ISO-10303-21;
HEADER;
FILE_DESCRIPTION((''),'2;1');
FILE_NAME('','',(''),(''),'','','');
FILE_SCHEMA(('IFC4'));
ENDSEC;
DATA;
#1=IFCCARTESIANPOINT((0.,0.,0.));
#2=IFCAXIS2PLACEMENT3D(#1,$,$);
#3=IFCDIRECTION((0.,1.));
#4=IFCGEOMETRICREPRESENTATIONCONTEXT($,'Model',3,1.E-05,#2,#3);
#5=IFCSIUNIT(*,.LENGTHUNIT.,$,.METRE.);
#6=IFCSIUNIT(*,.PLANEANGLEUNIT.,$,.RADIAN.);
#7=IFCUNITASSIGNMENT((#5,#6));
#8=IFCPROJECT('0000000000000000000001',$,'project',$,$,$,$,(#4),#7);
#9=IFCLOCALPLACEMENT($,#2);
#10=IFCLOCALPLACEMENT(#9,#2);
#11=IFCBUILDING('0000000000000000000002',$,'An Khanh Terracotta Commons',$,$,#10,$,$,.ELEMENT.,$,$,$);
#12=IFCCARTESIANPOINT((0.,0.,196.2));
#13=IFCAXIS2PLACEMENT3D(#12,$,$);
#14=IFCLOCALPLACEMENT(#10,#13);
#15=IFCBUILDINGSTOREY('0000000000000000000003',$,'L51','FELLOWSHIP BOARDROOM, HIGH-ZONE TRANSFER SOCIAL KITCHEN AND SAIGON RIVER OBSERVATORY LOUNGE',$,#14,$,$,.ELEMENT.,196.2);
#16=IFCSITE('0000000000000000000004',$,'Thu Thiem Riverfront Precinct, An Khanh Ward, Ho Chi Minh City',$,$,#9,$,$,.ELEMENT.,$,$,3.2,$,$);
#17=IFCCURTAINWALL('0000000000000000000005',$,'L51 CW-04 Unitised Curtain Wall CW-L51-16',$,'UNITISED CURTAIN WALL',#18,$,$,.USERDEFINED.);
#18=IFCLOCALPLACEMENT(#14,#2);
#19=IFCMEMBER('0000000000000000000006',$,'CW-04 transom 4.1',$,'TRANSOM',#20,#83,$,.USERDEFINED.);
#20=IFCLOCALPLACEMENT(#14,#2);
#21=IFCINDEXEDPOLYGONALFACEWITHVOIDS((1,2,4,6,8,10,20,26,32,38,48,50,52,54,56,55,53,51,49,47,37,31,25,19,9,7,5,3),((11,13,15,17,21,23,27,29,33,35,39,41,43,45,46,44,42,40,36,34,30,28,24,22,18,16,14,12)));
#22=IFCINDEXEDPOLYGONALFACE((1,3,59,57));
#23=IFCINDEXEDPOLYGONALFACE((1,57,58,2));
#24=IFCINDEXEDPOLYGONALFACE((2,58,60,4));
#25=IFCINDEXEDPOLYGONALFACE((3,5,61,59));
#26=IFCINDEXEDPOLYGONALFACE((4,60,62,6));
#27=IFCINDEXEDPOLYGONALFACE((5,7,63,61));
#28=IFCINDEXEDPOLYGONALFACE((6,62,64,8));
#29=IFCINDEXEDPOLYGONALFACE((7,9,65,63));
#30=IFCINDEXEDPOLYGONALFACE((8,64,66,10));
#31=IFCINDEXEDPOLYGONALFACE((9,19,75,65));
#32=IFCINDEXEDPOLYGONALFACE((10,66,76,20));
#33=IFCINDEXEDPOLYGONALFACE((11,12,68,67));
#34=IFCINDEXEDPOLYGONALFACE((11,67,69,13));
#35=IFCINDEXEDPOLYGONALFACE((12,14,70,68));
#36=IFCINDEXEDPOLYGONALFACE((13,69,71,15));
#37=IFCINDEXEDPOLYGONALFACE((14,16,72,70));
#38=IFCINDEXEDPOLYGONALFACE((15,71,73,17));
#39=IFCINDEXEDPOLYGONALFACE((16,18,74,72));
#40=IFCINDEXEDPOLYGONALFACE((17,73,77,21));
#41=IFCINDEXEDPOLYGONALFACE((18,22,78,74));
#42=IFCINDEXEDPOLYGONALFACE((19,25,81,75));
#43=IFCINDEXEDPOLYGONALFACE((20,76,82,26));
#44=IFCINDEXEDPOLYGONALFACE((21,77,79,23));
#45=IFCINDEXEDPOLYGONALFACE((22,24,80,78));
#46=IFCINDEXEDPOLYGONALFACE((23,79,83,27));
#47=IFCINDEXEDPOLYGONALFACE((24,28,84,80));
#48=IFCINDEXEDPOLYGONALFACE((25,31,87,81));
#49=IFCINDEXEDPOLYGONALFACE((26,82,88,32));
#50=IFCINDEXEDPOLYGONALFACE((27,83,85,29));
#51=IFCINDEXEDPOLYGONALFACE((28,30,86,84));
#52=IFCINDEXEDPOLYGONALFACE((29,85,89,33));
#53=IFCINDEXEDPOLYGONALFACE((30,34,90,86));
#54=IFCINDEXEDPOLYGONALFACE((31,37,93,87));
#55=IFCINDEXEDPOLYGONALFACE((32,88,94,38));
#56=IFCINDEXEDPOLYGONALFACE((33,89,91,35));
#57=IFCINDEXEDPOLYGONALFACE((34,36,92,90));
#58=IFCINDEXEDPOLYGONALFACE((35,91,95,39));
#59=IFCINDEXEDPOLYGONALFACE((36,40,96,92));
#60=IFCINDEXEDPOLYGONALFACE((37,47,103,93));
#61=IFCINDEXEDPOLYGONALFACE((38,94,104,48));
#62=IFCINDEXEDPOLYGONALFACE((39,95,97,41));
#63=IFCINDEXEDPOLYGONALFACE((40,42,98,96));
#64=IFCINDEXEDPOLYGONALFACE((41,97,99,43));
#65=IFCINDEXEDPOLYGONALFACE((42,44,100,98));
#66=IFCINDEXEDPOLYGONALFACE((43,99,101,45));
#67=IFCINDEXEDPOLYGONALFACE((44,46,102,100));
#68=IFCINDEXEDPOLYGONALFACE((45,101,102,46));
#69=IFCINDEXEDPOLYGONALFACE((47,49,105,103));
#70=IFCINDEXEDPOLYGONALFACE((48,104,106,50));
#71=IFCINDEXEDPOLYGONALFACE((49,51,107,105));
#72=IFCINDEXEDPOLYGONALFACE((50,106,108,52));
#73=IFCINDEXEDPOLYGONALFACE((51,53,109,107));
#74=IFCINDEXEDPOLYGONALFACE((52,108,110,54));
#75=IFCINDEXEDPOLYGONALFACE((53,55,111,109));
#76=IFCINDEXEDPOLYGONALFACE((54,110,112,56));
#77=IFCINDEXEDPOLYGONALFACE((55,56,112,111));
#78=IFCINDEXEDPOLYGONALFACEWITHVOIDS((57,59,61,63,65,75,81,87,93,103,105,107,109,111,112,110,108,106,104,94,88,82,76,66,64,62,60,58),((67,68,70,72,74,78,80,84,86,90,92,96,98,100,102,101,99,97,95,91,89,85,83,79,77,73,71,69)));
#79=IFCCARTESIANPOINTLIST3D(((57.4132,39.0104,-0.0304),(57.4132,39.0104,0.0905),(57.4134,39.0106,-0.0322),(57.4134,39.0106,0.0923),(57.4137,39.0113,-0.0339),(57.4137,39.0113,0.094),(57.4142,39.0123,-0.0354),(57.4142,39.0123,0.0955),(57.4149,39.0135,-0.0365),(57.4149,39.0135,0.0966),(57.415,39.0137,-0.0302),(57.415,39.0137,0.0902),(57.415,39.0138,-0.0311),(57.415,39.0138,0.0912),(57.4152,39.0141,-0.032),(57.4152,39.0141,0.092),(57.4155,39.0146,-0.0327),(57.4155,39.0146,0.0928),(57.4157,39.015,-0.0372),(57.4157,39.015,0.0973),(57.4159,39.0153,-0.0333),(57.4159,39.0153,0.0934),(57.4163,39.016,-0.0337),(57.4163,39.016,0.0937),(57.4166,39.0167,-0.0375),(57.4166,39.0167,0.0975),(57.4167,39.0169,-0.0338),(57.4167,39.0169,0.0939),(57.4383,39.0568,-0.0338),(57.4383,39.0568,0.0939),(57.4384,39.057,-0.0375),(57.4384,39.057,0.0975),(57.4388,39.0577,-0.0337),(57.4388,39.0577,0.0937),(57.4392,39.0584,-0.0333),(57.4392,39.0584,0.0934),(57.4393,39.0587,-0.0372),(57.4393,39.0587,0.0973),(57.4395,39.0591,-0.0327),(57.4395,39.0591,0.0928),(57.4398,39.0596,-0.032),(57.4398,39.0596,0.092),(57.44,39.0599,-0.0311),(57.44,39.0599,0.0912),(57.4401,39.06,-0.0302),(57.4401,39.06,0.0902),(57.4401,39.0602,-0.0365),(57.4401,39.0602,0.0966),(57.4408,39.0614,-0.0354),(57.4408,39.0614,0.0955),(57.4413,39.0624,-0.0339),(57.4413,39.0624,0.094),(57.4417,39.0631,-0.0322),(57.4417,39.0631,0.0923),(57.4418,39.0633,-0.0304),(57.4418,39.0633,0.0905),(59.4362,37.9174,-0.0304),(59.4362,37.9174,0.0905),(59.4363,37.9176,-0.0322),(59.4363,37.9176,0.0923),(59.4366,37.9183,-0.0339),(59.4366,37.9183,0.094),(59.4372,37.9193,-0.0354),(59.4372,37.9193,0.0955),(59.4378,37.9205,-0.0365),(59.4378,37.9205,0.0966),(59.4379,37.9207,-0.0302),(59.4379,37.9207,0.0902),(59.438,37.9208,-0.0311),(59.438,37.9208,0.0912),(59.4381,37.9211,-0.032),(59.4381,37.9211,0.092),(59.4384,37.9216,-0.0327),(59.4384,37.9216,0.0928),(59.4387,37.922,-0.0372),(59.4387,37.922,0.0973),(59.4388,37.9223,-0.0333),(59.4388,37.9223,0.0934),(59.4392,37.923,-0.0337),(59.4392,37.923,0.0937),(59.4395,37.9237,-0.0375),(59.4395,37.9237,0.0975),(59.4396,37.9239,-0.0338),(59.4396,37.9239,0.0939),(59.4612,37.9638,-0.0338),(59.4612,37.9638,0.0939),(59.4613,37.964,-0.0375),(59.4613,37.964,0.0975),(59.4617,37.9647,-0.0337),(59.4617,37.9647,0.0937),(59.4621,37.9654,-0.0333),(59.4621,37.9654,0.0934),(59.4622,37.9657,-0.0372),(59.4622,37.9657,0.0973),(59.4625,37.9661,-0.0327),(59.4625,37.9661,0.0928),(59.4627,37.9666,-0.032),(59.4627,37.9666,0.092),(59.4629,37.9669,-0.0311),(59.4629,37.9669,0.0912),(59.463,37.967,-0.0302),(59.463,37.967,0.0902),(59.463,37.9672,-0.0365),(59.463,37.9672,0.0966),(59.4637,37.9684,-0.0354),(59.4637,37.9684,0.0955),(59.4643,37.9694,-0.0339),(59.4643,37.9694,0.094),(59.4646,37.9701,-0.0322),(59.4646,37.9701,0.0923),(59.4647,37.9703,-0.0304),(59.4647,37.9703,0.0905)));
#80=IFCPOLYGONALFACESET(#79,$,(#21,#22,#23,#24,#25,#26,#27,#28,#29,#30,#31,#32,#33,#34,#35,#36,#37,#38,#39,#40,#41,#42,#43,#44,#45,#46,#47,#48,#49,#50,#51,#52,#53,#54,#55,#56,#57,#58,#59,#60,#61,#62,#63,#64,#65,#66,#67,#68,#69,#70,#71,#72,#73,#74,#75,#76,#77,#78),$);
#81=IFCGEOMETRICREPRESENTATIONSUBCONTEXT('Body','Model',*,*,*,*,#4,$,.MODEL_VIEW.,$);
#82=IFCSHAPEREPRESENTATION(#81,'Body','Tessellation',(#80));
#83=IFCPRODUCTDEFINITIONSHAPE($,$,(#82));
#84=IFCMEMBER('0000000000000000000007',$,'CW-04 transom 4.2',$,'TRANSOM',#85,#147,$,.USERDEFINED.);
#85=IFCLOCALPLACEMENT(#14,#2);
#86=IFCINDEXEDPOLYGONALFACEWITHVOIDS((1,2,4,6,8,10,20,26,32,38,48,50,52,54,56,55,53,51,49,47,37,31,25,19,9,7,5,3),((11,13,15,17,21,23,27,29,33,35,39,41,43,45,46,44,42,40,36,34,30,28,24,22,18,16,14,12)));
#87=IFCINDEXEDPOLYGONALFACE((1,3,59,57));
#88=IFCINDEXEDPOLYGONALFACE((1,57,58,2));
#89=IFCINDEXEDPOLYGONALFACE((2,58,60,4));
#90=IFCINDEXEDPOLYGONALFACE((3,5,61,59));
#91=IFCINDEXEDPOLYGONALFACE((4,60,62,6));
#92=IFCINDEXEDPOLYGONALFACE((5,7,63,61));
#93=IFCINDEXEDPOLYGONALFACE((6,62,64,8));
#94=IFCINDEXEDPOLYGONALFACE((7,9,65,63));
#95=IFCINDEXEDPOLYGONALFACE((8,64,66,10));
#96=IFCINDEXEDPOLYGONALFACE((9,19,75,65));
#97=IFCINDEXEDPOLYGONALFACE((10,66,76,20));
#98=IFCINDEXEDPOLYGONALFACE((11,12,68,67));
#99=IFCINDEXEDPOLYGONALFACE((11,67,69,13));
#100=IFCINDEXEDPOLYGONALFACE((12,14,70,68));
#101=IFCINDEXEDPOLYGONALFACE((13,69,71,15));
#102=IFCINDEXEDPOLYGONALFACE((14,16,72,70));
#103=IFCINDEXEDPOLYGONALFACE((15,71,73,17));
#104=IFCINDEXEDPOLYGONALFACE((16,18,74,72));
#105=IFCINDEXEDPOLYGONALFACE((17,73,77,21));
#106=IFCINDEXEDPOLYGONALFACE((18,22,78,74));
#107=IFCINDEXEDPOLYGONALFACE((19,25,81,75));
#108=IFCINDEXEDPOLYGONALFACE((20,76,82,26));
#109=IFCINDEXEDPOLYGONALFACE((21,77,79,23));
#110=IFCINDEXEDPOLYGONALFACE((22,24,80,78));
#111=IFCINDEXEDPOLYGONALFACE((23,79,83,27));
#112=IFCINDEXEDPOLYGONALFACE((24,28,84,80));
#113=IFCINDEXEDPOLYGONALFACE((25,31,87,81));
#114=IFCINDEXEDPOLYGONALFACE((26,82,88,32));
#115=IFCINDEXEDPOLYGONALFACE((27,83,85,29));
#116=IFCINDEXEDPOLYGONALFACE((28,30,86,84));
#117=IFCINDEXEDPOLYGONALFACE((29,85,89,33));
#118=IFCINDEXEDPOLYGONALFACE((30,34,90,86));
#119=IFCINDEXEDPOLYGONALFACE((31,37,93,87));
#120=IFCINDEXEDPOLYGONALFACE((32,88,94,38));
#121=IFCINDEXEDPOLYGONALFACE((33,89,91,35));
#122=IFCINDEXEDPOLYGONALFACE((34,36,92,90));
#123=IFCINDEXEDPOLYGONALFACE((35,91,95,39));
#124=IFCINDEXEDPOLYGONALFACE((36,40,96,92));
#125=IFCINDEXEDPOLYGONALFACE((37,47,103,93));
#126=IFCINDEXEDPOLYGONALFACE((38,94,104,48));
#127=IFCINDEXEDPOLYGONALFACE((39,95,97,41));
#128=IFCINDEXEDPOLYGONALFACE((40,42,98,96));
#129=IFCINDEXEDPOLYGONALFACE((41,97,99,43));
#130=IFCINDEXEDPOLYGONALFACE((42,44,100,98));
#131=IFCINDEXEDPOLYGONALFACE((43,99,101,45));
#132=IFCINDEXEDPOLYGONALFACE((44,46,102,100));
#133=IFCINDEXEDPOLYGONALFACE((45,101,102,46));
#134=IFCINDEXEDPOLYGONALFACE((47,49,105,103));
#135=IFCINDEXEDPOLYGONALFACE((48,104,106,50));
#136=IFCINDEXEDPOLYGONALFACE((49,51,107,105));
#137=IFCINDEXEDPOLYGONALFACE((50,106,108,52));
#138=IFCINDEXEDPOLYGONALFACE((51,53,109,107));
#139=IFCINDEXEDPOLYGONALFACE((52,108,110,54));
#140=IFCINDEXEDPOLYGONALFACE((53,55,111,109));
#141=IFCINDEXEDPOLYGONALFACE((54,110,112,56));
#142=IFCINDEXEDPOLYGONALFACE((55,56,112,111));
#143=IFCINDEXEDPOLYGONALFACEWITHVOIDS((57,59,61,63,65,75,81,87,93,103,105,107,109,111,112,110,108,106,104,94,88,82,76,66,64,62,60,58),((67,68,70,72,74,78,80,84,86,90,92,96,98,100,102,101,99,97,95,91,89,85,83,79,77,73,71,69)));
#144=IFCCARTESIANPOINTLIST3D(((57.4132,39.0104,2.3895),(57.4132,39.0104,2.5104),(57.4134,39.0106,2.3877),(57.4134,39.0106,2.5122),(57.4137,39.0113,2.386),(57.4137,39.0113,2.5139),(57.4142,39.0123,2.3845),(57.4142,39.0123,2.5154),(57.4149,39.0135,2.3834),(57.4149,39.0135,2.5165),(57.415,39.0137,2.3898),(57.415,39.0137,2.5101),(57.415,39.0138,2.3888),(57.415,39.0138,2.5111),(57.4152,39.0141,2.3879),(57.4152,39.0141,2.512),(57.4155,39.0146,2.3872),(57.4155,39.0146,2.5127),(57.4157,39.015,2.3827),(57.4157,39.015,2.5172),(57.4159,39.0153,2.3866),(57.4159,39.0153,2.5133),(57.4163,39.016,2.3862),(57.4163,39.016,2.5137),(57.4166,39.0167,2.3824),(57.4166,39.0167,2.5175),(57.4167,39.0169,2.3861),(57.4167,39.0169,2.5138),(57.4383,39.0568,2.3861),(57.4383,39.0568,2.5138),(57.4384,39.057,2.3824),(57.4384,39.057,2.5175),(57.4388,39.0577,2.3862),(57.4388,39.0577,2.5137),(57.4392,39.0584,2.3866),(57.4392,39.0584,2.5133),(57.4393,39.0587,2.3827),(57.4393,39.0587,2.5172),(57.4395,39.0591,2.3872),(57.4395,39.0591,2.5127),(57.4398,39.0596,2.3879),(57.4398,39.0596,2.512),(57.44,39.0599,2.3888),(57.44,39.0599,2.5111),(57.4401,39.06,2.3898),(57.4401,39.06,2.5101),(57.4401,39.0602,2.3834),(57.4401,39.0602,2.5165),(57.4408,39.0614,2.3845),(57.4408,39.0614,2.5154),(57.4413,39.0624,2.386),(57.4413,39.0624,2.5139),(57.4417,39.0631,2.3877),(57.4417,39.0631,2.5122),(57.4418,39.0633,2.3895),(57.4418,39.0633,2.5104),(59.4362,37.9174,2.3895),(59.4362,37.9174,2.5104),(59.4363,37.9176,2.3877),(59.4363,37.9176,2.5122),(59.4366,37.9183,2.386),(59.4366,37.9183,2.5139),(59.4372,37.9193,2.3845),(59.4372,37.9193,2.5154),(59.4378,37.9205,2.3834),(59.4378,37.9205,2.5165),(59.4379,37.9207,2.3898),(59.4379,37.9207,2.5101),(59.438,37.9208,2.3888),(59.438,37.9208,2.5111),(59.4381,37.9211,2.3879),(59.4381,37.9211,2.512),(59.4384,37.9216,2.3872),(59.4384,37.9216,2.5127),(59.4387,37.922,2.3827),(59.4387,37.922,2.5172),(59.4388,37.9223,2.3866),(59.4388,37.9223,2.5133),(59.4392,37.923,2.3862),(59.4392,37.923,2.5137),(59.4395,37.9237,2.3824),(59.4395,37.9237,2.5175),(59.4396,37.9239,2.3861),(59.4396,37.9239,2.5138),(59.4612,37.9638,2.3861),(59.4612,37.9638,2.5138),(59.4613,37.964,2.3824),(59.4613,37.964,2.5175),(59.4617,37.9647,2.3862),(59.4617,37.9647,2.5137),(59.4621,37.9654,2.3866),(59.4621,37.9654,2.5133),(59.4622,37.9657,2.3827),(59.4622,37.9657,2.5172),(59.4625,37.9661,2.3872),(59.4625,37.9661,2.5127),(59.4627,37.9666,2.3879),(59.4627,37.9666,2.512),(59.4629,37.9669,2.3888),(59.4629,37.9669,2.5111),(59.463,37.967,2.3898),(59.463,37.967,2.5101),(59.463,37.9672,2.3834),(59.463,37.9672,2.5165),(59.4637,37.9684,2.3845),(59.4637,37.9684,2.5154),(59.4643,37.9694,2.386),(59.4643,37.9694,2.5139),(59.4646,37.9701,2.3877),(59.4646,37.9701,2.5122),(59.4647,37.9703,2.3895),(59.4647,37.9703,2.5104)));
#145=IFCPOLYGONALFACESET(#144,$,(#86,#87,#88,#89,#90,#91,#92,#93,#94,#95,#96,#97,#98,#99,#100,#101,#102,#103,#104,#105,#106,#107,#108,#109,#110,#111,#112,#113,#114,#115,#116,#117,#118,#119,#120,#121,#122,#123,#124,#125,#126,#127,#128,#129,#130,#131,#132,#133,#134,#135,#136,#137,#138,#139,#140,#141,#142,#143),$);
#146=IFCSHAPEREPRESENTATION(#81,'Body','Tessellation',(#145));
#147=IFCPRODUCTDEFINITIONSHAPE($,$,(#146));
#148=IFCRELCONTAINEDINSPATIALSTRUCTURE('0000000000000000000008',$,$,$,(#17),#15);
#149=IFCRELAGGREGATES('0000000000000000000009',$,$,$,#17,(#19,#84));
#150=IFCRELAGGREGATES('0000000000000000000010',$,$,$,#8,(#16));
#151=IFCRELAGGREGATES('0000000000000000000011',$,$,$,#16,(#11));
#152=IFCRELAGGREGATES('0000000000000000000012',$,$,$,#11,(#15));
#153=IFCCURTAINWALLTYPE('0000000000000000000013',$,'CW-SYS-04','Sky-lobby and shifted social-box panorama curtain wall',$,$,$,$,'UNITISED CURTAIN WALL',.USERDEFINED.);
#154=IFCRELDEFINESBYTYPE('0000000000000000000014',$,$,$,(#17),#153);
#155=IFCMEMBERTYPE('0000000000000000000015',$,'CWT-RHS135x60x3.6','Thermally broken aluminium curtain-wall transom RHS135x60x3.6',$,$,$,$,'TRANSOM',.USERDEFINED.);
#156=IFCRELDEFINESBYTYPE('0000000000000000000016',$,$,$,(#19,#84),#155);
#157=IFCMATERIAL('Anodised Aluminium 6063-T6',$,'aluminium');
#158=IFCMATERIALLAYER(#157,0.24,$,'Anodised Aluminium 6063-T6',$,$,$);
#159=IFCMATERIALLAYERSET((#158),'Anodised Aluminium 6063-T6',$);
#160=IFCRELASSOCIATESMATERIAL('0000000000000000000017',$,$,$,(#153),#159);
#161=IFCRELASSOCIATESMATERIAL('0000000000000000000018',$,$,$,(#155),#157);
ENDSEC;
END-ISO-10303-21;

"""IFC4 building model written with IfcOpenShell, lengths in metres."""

from ifc_helpers import new_model, si_unit, direction, frame, origin, origin_2d, place, context, subcontext, project, spatial, hollow_rectangle, extrude, material, layer, layer_set, material_profile, profile_set, type_object, element, aggregate, save


model = new_model("IFC4")

# Units and contexts
model_context = context("Model", 3, precision=1e-05, world=origin(), true_north=direction((0.0, 1.0)))
body_context = subcontext(model_context, "Body", "Model", "MODEL_VIEW")
ifc_project = project(units=[si_unit("LENGTHUNIT", "METRE"), si_unit("PLANEANGLEUNIT", "RADIAN")], contexts=[model_context])

# Site, building, storey
site_placement = place(None, origin())
site = spatial("IfcSite", under=ifc_project, at=site_placement, Name="Thu Thiem Riverfront Precinct, An Khanh Ward, Ho Chi Minh City", CompositionType="ELEMENT", RefElevation=3.2)
building_placement = place(site_placement, origin())
building = spatial("IfcBuilding", under=site, at=building_placement, Name="An Khanh Terracotta Commons", CompositionType="ELEMENT")
storey_placement = place(building_placement, frame((0.0, 0.0, 196.2)))
storey = spatial("IfcBuildingStorey", under=building, at=storey_placement, Name="L51", Description="FELLOWSHIP BOARDROOM, HIGH-ZONE TRANSFER SOCIAL KITCHEN AND SAIGON RIVER OBSERVATORY LOUNGE", CompositionType="ELEMENT", Elevation=196.2)

# Curtain wall, members
ifc_material_1 = material(Name="Anodised Aluminium 6063-T6", Category="aluminium")
ifc_layer_1 = layer(ifc_material_1, 0.24, Name="Anodised Aluminium 6063-T6")
ifc_layer_set_1 = layer_set([ifc_layer_1], Name="Anodised Aluminium 6063-T6")
curtain_wall_type = type_object("IfcCurtainWallType", Name="CW-SYS-04", Description="Sky-lobby and shifted social-box panorama curtain wall", ElementType="UNITISED CURTAIN WALL", PredefinedType="USERDEFINED", material=ifc_layer_set_1)
curtain_wall_placement = place(storey_placement, origin())
curtain_wall = element("IfcCurtainWall", 1, at=curtain_wall_placement, inside=storey, type_object=curtain_wall_type, Name="L51 CW-04 Unitised Curtain Wall CW-L51-16", ObjectType="UNITISED CURTAIN WALL", PredefinedType="USERDEFINED")
ifc_material_profile_1 = material_profile(ifc_material_1, hollow_rectangle(XDim=0.0601, YDim=0.135, WallThickness=0.0037, InnerFilletRadius=0.0037, OuterFilletRadius=0.0071, at=origin_2d()), Name="RHS135x60x3.6")
ifc_profile_set_1 = profile_set([ifc_material_profile_1], Name="Anodised Aluminium 6063-T6")
member_type_1 = type_object("IfcMemberType", Name="CWT-RHS135x60x3.6", Description="Thermally broken aluminium curtain-wall transom RHS135x60x3.6", ElementType="TRANSOM", PredefinedType="USERDEFINED", material=ifc_profile_set_1)
member_1_placement = place(storey_placement, frame((59.4504, 37.9438, 0.03), z_axis=(-0.879792, 0.475359, 0.0), x_axis=(-0.475359, -0.879792, 0.0)))
member_1 = element("IfcMember", 2, at=member_1_placement, type_object=member_type_1, Name="CW-04 transom 4.1", ObjectType="TRANSOM", PredefinedType="USERDEFINED", context=body_context, shape_type="SweptSolid", body=[
    extrude(hollow_rectangle(XDim=0.0601, YDim=0.135, WallThickness=0.0037, InnerFilletRadius=0.0037, OuterFilletRadius=0.0071, at=origin_2d()), origin(), (0.0, 0.0, 1.0), 2.2993),
])
member_2_placement = place(storey_placement, frame((59.4504, 37.9438, 2.45), z_axis=(-0.879792, 0.475359, 0.0), x_axis=(-0.475359, -0.879792, 0.0)))
member_2 = element("IfcMember", 3, at=member_2_placement, type_object=member_type_1, Name="CW-04 transom 4.2", ObjectType="TRANSOM", PredefinedType="USERDEFINED", context=body_context, shape_type="SweptSolid", body=[
    extrude(hollow_rectangle(XDim=0.0601, YDim=0.135, WallThickness=0.0037, InnerFilletRadius=0.0037, OuterFilletRadius=0.0071, at=origin_2d()), origin(), (0.0, 0.0, 1.0), 2.2993),
])
aggregate(curtain_wall, [member_1, member_2])

save(model, "model.ifc")
